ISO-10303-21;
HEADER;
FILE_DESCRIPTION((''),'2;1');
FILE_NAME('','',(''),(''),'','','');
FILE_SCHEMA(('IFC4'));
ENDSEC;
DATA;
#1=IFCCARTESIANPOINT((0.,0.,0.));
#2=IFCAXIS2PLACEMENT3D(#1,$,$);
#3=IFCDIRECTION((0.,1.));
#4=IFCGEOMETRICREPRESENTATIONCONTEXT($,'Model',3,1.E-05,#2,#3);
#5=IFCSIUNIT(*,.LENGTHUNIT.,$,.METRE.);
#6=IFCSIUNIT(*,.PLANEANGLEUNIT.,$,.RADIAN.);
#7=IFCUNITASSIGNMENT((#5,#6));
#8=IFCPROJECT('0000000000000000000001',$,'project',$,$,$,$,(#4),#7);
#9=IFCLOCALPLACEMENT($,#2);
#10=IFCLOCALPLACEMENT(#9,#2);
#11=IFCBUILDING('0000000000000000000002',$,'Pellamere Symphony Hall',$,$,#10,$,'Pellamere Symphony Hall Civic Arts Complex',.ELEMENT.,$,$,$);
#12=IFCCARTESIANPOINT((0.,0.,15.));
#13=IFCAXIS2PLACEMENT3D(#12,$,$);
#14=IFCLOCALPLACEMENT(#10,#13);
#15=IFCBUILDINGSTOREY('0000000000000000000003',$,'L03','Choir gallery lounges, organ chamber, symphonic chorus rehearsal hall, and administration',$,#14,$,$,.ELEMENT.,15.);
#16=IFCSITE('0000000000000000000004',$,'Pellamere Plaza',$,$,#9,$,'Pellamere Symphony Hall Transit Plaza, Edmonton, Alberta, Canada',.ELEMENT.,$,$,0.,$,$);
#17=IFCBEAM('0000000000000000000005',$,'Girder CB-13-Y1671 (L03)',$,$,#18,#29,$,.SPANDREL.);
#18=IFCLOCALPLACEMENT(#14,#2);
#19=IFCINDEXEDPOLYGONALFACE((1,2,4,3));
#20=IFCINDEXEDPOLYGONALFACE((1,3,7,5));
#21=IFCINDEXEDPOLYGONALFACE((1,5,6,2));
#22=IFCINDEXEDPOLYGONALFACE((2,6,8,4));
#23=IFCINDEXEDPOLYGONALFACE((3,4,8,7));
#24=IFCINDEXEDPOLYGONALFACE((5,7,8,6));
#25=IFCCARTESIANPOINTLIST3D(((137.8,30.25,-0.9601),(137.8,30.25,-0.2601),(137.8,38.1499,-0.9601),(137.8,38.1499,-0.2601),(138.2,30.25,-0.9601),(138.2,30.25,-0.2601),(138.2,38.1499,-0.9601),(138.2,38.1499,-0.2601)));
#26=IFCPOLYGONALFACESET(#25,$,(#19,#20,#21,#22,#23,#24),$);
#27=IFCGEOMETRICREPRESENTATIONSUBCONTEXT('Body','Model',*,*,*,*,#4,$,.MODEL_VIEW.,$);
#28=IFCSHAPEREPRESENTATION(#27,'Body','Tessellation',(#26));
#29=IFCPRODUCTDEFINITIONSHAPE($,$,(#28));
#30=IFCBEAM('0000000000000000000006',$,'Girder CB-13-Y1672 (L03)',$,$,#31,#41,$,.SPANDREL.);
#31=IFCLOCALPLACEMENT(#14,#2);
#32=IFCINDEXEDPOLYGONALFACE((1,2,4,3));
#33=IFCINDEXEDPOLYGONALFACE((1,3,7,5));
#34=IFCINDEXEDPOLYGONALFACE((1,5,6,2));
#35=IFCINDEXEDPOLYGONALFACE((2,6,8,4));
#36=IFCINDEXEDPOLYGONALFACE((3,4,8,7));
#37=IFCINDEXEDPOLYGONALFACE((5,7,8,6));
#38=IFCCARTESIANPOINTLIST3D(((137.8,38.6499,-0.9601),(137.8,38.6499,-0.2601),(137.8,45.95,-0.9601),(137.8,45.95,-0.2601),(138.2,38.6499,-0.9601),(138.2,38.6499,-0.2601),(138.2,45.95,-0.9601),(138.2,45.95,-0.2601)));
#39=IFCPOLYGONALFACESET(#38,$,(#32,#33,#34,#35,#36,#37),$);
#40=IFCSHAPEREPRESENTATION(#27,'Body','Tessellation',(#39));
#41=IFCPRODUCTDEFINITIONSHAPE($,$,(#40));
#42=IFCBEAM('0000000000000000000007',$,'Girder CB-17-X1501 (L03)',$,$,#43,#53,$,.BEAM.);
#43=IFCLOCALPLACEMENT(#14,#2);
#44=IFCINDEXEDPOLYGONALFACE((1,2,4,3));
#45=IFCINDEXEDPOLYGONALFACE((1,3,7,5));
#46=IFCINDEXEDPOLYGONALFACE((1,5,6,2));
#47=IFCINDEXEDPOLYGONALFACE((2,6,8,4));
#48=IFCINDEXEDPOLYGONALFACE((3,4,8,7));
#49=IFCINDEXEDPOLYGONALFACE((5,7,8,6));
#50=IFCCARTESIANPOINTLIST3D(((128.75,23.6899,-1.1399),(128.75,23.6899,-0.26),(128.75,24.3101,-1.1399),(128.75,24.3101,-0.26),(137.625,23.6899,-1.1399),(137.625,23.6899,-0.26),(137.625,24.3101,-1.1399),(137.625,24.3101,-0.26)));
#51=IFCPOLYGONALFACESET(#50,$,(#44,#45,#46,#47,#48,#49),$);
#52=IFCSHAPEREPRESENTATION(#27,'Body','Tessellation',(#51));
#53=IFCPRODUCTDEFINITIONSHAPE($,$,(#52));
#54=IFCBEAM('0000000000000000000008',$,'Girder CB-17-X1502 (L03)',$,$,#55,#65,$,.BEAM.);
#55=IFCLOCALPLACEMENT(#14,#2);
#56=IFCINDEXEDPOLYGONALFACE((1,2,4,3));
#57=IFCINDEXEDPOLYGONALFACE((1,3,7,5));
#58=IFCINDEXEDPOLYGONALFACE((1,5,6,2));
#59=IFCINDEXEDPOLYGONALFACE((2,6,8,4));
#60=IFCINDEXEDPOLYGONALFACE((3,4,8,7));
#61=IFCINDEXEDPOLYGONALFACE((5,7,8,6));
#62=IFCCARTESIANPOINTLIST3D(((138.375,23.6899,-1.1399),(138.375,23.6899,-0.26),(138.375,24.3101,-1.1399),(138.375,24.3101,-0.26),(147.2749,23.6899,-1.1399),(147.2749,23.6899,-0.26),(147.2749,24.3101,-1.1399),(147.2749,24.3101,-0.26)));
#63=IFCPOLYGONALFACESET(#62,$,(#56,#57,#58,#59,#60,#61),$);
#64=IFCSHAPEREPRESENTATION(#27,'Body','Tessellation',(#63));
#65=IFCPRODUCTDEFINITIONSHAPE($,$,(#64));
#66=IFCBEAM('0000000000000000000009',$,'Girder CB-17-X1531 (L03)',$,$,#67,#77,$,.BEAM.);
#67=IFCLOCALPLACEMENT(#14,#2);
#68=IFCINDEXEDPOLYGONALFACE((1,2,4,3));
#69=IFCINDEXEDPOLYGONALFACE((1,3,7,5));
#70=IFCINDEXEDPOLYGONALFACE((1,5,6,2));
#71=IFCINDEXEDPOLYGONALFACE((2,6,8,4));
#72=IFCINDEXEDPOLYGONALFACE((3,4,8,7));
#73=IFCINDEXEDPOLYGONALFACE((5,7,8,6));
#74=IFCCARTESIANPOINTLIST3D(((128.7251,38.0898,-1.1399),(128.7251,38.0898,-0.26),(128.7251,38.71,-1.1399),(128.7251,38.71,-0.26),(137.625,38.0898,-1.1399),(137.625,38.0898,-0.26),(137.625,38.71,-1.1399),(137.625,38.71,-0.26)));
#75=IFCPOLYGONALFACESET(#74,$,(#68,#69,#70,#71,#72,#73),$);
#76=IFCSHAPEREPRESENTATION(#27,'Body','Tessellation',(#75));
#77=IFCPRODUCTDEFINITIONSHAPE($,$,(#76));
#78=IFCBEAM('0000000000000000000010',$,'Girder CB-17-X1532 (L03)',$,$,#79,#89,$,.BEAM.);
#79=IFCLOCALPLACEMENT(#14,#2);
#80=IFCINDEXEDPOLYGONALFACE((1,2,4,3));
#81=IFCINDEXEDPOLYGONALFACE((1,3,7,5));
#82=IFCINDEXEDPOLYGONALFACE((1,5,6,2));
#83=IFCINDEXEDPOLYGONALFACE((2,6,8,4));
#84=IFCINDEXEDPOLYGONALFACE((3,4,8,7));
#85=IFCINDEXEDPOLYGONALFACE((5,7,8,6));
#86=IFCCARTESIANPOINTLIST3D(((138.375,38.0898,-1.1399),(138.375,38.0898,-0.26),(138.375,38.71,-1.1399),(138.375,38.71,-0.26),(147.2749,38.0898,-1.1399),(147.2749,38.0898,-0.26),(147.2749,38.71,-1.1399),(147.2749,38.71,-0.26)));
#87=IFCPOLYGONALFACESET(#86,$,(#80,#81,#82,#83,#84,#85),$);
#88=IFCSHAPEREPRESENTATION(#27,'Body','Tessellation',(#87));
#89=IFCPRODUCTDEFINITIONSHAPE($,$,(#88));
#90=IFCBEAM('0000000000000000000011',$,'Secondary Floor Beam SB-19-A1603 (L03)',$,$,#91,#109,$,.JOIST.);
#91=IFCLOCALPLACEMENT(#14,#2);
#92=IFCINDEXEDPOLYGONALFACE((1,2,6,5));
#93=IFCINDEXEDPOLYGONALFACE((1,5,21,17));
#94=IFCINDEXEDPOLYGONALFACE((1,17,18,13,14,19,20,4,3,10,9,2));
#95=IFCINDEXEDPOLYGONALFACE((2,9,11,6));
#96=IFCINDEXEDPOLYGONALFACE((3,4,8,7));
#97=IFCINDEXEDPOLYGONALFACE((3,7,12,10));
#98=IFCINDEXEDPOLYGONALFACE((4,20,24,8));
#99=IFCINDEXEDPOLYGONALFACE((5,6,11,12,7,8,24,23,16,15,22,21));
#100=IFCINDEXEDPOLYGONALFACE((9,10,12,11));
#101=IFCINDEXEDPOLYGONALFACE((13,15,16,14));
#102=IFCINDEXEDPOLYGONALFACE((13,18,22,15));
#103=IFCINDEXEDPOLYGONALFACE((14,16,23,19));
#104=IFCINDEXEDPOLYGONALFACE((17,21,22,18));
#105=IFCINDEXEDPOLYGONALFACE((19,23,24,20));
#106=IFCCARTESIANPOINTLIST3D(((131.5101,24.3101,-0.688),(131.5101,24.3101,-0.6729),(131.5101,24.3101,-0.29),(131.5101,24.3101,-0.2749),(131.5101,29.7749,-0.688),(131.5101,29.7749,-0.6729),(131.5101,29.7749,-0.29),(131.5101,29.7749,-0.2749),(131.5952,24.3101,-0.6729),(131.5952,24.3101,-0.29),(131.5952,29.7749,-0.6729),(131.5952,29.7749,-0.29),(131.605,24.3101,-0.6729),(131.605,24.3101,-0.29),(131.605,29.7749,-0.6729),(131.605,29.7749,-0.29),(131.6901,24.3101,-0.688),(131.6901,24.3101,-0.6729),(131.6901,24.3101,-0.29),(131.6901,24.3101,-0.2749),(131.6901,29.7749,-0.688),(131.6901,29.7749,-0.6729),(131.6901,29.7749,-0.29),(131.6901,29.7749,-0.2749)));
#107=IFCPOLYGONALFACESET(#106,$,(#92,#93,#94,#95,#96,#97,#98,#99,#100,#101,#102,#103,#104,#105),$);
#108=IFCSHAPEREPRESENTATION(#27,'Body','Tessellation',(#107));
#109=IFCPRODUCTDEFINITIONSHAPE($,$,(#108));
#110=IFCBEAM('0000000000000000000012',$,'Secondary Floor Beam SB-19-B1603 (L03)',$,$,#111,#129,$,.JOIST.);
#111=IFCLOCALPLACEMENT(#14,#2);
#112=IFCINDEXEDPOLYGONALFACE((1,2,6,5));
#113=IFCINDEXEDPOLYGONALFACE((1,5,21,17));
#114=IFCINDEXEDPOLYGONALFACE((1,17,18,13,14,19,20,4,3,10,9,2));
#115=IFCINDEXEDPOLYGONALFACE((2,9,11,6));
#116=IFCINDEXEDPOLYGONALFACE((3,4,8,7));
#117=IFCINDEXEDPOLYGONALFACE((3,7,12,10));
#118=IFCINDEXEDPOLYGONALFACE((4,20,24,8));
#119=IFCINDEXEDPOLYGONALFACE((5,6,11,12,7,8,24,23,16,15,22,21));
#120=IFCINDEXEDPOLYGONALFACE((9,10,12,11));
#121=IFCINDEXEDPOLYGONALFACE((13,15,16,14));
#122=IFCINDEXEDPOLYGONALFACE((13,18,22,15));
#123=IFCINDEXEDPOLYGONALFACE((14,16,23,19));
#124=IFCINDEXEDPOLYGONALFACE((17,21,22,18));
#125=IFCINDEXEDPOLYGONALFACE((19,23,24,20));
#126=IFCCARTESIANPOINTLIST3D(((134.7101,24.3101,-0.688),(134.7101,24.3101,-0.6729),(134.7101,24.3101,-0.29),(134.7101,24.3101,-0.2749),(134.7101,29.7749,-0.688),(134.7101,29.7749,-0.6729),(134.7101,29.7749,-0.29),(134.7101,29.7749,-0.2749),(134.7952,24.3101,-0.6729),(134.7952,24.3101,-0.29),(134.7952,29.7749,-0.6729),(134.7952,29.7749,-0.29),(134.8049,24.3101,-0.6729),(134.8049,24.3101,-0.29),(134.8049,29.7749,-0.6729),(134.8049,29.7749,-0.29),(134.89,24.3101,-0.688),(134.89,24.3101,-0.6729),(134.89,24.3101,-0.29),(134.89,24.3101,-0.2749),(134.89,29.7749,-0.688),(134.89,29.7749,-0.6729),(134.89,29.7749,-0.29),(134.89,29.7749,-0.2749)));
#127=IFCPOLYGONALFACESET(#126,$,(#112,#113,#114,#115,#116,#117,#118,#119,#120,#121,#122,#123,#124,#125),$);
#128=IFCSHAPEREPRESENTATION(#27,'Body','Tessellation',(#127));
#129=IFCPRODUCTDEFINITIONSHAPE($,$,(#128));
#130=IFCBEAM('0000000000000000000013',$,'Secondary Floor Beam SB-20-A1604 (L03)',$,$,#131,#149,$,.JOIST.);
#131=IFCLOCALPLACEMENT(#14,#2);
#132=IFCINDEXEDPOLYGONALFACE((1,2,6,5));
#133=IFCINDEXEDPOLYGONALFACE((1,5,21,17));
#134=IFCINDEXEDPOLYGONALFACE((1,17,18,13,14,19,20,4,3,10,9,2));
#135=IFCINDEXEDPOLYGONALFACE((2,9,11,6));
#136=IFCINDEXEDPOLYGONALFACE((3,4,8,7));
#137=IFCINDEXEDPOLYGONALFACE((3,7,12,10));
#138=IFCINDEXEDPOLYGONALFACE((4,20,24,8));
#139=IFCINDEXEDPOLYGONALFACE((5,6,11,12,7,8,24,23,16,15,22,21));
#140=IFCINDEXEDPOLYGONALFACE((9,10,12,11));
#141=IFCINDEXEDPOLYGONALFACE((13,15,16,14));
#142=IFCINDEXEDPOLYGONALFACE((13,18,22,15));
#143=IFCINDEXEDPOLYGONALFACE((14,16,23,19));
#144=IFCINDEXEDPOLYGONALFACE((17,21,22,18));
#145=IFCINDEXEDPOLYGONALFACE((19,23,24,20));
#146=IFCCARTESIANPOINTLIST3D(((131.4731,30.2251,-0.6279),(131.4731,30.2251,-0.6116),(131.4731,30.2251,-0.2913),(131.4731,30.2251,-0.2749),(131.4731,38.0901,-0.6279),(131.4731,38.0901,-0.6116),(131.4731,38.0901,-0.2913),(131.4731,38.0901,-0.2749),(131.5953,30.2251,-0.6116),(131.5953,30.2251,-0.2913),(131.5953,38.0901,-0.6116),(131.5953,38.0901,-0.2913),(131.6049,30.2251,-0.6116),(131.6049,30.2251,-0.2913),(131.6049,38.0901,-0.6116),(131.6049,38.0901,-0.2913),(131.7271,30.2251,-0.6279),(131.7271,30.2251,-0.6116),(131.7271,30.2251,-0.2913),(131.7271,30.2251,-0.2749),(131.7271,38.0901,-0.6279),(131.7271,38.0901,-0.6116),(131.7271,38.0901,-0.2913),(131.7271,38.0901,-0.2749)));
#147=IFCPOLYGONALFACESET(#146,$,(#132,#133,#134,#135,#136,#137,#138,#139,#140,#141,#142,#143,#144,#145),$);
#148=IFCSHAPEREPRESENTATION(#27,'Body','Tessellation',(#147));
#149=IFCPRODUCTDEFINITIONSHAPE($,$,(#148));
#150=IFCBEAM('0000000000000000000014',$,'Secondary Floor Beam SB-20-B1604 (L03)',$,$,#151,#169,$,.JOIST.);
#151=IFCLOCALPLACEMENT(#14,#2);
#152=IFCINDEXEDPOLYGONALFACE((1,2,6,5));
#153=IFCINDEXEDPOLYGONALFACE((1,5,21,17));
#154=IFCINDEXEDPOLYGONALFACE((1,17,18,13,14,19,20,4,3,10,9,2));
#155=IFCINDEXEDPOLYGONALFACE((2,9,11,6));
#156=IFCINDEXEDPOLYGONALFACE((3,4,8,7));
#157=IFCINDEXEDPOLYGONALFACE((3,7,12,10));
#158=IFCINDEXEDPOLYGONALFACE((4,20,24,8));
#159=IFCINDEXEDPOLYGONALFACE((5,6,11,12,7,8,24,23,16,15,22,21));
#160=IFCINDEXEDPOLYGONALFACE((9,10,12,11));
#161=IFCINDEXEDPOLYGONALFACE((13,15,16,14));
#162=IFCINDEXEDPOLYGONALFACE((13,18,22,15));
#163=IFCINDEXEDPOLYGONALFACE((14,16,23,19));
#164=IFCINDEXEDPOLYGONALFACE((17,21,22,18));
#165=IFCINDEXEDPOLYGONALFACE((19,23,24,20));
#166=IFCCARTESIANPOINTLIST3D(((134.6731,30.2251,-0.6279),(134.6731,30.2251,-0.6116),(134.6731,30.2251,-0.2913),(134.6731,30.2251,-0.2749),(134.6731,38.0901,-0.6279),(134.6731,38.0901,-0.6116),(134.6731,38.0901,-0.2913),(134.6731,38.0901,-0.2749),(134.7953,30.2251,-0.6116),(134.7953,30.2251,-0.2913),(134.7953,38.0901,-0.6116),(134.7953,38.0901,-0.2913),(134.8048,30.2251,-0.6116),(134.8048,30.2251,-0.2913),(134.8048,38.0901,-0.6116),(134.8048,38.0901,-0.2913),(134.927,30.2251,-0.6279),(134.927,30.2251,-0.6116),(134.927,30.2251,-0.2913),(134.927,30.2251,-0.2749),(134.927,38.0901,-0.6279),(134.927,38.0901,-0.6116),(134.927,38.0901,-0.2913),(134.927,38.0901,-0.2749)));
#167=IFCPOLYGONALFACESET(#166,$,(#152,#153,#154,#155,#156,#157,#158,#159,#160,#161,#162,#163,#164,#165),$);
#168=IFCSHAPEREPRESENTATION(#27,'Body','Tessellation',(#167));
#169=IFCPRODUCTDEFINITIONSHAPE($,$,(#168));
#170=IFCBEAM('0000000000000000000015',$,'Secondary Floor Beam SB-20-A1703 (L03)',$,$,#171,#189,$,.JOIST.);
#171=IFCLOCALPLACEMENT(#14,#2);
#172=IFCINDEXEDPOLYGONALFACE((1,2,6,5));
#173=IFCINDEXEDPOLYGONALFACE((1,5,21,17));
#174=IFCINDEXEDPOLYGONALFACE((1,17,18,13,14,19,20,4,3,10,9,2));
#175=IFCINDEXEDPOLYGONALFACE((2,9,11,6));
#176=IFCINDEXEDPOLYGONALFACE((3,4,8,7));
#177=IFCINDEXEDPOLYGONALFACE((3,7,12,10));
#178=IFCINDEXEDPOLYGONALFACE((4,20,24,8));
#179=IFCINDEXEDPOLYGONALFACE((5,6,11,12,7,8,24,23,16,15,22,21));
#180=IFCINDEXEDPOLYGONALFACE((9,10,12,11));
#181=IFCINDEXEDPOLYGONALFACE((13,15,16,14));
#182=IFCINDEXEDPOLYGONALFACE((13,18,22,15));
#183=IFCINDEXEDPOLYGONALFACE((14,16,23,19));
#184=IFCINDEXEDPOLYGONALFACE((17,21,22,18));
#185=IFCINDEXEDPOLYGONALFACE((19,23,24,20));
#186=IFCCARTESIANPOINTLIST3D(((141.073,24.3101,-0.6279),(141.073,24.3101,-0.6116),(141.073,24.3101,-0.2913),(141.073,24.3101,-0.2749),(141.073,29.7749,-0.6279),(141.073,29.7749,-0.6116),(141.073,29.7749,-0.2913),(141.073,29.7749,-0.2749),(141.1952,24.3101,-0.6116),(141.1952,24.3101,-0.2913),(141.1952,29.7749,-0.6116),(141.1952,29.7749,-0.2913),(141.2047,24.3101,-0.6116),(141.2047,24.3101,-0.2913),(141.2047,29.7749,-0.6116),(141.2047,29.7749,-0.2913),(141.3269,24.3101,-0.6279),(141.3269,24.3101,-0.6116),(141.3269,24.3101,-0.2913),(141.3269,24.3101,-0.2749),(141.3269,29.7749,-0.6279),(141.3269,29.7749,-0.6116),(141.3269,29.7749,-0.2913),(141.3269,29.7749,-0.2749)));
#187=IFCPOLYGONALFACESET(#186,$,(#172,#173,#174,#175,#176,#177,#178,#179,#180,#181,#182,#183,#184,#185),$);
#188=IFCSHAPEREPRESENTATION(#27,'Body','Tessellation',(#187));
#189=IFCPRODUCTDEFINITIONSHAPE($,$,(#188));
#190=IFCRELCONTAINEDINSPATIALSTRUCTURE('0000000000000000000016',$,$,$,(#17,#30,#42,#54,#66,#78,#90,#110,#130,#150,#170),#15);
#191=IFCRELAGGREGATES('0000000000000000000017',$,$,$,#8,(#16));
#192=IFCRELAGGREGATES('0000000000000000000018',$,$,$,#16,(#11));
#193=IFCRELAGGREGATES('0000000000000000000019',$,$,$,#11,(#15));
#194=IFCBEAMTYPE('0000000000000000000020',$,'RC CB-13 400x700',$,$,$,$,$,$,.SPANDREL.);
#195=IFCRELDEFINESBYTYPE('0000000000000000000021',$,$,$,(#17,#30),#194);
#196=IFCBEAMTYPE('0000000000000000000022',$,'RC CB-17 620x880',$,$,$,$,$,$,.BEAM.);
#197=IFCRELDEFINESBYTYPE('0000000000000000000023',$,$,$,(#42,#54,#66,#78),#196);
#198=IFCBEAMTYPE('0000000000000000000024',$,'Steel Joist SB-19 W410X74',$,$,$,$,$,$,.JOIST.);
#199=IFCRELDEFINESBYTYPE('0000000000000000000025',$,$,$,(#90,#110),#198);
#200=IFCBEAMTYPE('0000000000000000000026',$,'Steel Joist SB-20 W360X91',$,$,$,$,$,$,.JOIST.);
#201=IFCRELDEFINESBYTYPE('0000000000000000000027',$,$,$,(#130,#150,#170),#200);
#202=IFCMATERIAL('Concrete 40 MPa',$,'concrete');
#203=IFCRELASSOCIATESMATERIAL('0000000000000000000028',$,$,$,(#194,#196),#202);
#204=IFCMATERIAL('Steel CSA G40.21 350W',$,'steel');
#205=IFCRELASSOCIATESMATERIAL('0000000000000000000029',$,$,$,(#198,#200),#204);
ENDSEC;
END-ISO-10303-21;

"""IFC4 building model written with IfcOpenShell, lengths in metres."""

from ifc_helpers import new_model, si_unit, direction, frame, origin, origin_2d, place, context, subcontext, project, spatial, rectangle, i_section, extrude, material, material_profile, profile_set, type_object, element, save


model = new_model("IFC4")

# Units and contexts
model_context = context("Model", 3, precision=1e-05, world=origin(), true_north=direction((0.0, 1.0)))
body_context = subcontext(model_context, "Body", "Model", "MODEL_VIEW")
ifc_project = project(units=[si_unit("LENGTHUNIT", "METRE"), si_unit("PLANEANGLEUNIT", "RADIAN")], contexts=[model_context])

# Site, building, storey
site_placement = place(None, origin())
site = spatial("IfcSite", under=ifc_project, at=site_placement, Name="Pellamere Plaza", LongName="Pellamere Symphony Hall Transit Plaza, Edmonton, Alberta, Canada", CompositionType="ELEMENT", RefElevation=0.0)
building_placement = place(site_placement, origin())
building = spatial("IfcBuilding", under=site, at=building_placement, Name="Pellamere Symphony Hall", LongName="Pellamere Symphony Hall Civic Arts Complex", CompositionType="ELEMENT")
storey_placement = place(building_placement, frame((0.0, 0.0, 15.0)))
storey = spatial("IfcBuildingStorey", under=building, at=storey_placement, Name="L03", Description="Choir gallery lounges, organ chamber, symphonic chorus rehearsal hall, and administration", CompositionType="ELEMENT", Elevation=15.0)

# Shared definitions
ifc_material_1 = material(Name="Concrete 40 MPa", Category="concrete")

# Beams
ifc_material_profile_1 = material_profile(ifc_material_1, rectangle(XDim=0.3999, YDim=0.7, at=origin_2d()), Name="RC 400x700")
ifc_profile_set_1 = profile_set([ifc_material_profile_1], Name="Concrete 40 MPa")
beam_type_1 = type_object("IfcBeamType", Name="RC CB-13 400x700", PredefinedType="SPANDREL", material=ifc_profile_set_1)
beam_1_placement = place(storey_placement, frame((138.0, 30.25, -0.6101), z_axis=(0.0, 1.0, 0.0), x_axis=(-1.0, 0.0, 0.0)))
element("IfcBeam", 1, at=beam_1_placement, inside=storey, type_object=beam_type_1, Name="Girder CB-13-Y1671 (L03)", PredefinedType="SPANDREL", context=body_context, shape_type="SweptSolid", body=[
    extrude(rectangle(XDim=0.3999, YDim=0.7, at=origin_2d()), origin(), (0.0, 0.0, 1.0), 7.8999),
])
beam_2_placement = place(storey_placement, frame((138.0, 38.6499, -0.6101), z_axis=(0.0, 1.0, 0.0), x_axis=(-1.0, 0.0, 0.0)))
element("IfcBeam", 2, at=beam_2_placement, inside=storey, type_object=beam_type_1, Name="Girder CB-13-Y1672 (L03)", PredefinedType="SPANDREL", context=body_context, shape_type="SweptSolid", body=[
    extrude(rectangle(XDim=0.3999, YDim=0.7, at=origin_2d()), origin(), (0.0, 0.0, 1.0), 7.3),
])
ifc_material_profile_2 = material_profile(ifc_material_1, rectangle(XDim=0.6201, YDim=0.8799, at=origin_2d()), Name="RC 620x880")
ifc_profile_set_2 = profile_set([ifc_material_profile_2], Name="Concrete 40 MPa")
beam_type_2 = type_object("IfcBeamType", Name="RC CB-17 620x880", PredefinedType="BEAM", material=ifc_profile_set_2)
beam_3_placement = place(storey_placement, frame((128.75, 24.0, -0.7), z_axis=(1.0, 0.0, 0.0), x_axis=(0.0, 1.0, 0.0)))
element("IfcBeam", 3, at=beam_3_placement, inside=storey, type_object=beam_type_2, Name="Girder CB-17-X1501 (L03)", PredefinedType="BEAM", context=body_context, shape_type="SweptSolid", body=[
    extrude(rectangle(XDim=0.6201, YDim=0.8799, at=origin_2d()), origin(), (0.0, 0.0, 1.0), 8.875),
])
for number, where, z_axis, x_axis, name in (
    (4, (138.375, 24.0, -0.7), (1.0, 0.0, 0.0), (0.0, 1.0, 0.0), "Girder CB-17-X1502 (L03)"),
    (5, (128.7251, 38.3999, -0.7), (1.0, 0.0, 0.0), (0.0, 1.0, 0.0), "Girder CB-17-X1531 (L03)"),
    (6, (138.375, 38.3999, -0.7), (1.0, 0.0, 0.0), (0.0, 1.0, 0.0), "Girder CB-17-X1532 (L03)"),
):
    element("IfcBeam", number, at=place(storey_placement, frame(where, z_axis=z_axis, x_axis=x_axis)), inside=storey, type_object=beam_type_2, Name=name, PredefinedType="BEAM", context=body_context, shape_type="SweptSolid", body=[
        extrude(rectangle(XDim=0.6201, YDim=0.8799, at=origin_2d()), origin(), (0.0, 0.0, 1.0), 8.8999),
    ])
ifc_material_2 = material(Name="Steel CSA G40.21 350W", Category="steel")
ifc_material_profile_3 = material_profile(ifc_material_2, i_section(OverallWidth=0.1799, OverallDepth=0.4131, WebThickness=0.0098, FlangeThickness=0.0151, at=origin_2d()), Name="W410X74")
ifc_profile_set_3 = profile_set([ifc_material_profile_3], Name="Steel CSA G40.21 350W")
beam_type_3 = type_object("IfcBeamType", Name="Steel Joist SB-19 W410X74", PredefinedType="JOIST", material=ifc_profile_set_3)
for number, where, z_axis, x_axis, name in (
    (7, (131.6001, 24.3101, -0.4814), (0.0, 1.0, 0.0), (-1.0, 0.0, 0.0), "Secondary Floor Beam SB-19-A1603 (L03)"),
    (8, (134.8, 24.3101, -0.4814), (0.0, 1.0, 0.0), (-1.0, 0.0, 0.0), "Secondary Floor Beam SB-19-B1603 (L03)"),
):
    element("IfcBeam", number, at=place(storey_placement, frame(where, z_axis=z_axis, x_axis=x_axis)), inside=storey, type_object=beam_type_3, Name=name, PredefinedType="JOIST", context=body_context, shape_type="SweptSolid", body=[
        extrude(i_section(OverallWidth=0.1799, OverallDepth=0.4131, WebThickness=0.0098, FlangeThickness=0.0151, at=origin_2d()), origin(), (0.0, 0.0, 1.0), 5.4648),
    ])
ifc_material_profile_4 = material_profile(ifc_material_2, i_section(OverallWidth=0.2539, OverallDepth=0.353, WebThickness=0.0095, FlangeThickness=0.0164, at=origin_2d()), Name="W360X91")
ifc_profile_set_4 = profile_set([ifc_material_profile_4], Name="Steel CSA G40.21 350W")
beam_type_4 = type_object("IfcBeamType", Name="Steel Joist SB-20 W360X91", PredefinedType="JOIST", material=ifc_profile_set_4)
for number, where, z_axis, x_axis, name in (
    (9, (131.6001, 30.2251, -0.4514), (0.0, 1.0, 0.0), (-1.0, 0.0, 0.0), "Secondary Floor Beam SB-20-A1604 (L03)"),
    (10, (134.8, 30.2251, -0.4514), (0.0, 1.0, 0.0), (-1.0, 0.0, 0.0), "Secondary Floor Beam SB-20-B1604 (L03)"),
):
    element("IfcBeam", number, at=place(storey_placement, frame(where, z_axis=z_axis, x_axis=x_axis)), inside=storey, type_object=beam_type_4, Name=name, PredefinedType="JOIST", context=body_context, shape_type="SweptSolid", body=[
        extrude(i_section(OverallWidth=0.2539, OverallDepth=0.353, WebThickness=0.0095, FlangeThickness=0.0164, at=origin_2d()), origin(), (0.0, 0.0, 1.0), 7.865),
    ])
beam_4_placement = place(storey_placement, frame((141.2, 24.3101, -0.4514), z_axis=(0.0, 1.0, 0.0), x_axis=(-1.0, 0.0, 0.0)))
element("IfcBeam", 11, at=beam_4_placement, inside=storey, type_object=beam_type_4, Name="Secondary Floor Beam SB-20-A1703 (L03)", PredefinedType="JOIST", context=body_context, shape_type="SweptSolid", body=[
    extrude(i_section(OverallWidth=0.2539, OverallDepth=0.353, WebThickness=0.0095, FlangeThickness=0.0164, at=origin_2d()), origin(), (0.0, 0.0, 1.0), 5.4648),
])

save(model, "model.ifc")
